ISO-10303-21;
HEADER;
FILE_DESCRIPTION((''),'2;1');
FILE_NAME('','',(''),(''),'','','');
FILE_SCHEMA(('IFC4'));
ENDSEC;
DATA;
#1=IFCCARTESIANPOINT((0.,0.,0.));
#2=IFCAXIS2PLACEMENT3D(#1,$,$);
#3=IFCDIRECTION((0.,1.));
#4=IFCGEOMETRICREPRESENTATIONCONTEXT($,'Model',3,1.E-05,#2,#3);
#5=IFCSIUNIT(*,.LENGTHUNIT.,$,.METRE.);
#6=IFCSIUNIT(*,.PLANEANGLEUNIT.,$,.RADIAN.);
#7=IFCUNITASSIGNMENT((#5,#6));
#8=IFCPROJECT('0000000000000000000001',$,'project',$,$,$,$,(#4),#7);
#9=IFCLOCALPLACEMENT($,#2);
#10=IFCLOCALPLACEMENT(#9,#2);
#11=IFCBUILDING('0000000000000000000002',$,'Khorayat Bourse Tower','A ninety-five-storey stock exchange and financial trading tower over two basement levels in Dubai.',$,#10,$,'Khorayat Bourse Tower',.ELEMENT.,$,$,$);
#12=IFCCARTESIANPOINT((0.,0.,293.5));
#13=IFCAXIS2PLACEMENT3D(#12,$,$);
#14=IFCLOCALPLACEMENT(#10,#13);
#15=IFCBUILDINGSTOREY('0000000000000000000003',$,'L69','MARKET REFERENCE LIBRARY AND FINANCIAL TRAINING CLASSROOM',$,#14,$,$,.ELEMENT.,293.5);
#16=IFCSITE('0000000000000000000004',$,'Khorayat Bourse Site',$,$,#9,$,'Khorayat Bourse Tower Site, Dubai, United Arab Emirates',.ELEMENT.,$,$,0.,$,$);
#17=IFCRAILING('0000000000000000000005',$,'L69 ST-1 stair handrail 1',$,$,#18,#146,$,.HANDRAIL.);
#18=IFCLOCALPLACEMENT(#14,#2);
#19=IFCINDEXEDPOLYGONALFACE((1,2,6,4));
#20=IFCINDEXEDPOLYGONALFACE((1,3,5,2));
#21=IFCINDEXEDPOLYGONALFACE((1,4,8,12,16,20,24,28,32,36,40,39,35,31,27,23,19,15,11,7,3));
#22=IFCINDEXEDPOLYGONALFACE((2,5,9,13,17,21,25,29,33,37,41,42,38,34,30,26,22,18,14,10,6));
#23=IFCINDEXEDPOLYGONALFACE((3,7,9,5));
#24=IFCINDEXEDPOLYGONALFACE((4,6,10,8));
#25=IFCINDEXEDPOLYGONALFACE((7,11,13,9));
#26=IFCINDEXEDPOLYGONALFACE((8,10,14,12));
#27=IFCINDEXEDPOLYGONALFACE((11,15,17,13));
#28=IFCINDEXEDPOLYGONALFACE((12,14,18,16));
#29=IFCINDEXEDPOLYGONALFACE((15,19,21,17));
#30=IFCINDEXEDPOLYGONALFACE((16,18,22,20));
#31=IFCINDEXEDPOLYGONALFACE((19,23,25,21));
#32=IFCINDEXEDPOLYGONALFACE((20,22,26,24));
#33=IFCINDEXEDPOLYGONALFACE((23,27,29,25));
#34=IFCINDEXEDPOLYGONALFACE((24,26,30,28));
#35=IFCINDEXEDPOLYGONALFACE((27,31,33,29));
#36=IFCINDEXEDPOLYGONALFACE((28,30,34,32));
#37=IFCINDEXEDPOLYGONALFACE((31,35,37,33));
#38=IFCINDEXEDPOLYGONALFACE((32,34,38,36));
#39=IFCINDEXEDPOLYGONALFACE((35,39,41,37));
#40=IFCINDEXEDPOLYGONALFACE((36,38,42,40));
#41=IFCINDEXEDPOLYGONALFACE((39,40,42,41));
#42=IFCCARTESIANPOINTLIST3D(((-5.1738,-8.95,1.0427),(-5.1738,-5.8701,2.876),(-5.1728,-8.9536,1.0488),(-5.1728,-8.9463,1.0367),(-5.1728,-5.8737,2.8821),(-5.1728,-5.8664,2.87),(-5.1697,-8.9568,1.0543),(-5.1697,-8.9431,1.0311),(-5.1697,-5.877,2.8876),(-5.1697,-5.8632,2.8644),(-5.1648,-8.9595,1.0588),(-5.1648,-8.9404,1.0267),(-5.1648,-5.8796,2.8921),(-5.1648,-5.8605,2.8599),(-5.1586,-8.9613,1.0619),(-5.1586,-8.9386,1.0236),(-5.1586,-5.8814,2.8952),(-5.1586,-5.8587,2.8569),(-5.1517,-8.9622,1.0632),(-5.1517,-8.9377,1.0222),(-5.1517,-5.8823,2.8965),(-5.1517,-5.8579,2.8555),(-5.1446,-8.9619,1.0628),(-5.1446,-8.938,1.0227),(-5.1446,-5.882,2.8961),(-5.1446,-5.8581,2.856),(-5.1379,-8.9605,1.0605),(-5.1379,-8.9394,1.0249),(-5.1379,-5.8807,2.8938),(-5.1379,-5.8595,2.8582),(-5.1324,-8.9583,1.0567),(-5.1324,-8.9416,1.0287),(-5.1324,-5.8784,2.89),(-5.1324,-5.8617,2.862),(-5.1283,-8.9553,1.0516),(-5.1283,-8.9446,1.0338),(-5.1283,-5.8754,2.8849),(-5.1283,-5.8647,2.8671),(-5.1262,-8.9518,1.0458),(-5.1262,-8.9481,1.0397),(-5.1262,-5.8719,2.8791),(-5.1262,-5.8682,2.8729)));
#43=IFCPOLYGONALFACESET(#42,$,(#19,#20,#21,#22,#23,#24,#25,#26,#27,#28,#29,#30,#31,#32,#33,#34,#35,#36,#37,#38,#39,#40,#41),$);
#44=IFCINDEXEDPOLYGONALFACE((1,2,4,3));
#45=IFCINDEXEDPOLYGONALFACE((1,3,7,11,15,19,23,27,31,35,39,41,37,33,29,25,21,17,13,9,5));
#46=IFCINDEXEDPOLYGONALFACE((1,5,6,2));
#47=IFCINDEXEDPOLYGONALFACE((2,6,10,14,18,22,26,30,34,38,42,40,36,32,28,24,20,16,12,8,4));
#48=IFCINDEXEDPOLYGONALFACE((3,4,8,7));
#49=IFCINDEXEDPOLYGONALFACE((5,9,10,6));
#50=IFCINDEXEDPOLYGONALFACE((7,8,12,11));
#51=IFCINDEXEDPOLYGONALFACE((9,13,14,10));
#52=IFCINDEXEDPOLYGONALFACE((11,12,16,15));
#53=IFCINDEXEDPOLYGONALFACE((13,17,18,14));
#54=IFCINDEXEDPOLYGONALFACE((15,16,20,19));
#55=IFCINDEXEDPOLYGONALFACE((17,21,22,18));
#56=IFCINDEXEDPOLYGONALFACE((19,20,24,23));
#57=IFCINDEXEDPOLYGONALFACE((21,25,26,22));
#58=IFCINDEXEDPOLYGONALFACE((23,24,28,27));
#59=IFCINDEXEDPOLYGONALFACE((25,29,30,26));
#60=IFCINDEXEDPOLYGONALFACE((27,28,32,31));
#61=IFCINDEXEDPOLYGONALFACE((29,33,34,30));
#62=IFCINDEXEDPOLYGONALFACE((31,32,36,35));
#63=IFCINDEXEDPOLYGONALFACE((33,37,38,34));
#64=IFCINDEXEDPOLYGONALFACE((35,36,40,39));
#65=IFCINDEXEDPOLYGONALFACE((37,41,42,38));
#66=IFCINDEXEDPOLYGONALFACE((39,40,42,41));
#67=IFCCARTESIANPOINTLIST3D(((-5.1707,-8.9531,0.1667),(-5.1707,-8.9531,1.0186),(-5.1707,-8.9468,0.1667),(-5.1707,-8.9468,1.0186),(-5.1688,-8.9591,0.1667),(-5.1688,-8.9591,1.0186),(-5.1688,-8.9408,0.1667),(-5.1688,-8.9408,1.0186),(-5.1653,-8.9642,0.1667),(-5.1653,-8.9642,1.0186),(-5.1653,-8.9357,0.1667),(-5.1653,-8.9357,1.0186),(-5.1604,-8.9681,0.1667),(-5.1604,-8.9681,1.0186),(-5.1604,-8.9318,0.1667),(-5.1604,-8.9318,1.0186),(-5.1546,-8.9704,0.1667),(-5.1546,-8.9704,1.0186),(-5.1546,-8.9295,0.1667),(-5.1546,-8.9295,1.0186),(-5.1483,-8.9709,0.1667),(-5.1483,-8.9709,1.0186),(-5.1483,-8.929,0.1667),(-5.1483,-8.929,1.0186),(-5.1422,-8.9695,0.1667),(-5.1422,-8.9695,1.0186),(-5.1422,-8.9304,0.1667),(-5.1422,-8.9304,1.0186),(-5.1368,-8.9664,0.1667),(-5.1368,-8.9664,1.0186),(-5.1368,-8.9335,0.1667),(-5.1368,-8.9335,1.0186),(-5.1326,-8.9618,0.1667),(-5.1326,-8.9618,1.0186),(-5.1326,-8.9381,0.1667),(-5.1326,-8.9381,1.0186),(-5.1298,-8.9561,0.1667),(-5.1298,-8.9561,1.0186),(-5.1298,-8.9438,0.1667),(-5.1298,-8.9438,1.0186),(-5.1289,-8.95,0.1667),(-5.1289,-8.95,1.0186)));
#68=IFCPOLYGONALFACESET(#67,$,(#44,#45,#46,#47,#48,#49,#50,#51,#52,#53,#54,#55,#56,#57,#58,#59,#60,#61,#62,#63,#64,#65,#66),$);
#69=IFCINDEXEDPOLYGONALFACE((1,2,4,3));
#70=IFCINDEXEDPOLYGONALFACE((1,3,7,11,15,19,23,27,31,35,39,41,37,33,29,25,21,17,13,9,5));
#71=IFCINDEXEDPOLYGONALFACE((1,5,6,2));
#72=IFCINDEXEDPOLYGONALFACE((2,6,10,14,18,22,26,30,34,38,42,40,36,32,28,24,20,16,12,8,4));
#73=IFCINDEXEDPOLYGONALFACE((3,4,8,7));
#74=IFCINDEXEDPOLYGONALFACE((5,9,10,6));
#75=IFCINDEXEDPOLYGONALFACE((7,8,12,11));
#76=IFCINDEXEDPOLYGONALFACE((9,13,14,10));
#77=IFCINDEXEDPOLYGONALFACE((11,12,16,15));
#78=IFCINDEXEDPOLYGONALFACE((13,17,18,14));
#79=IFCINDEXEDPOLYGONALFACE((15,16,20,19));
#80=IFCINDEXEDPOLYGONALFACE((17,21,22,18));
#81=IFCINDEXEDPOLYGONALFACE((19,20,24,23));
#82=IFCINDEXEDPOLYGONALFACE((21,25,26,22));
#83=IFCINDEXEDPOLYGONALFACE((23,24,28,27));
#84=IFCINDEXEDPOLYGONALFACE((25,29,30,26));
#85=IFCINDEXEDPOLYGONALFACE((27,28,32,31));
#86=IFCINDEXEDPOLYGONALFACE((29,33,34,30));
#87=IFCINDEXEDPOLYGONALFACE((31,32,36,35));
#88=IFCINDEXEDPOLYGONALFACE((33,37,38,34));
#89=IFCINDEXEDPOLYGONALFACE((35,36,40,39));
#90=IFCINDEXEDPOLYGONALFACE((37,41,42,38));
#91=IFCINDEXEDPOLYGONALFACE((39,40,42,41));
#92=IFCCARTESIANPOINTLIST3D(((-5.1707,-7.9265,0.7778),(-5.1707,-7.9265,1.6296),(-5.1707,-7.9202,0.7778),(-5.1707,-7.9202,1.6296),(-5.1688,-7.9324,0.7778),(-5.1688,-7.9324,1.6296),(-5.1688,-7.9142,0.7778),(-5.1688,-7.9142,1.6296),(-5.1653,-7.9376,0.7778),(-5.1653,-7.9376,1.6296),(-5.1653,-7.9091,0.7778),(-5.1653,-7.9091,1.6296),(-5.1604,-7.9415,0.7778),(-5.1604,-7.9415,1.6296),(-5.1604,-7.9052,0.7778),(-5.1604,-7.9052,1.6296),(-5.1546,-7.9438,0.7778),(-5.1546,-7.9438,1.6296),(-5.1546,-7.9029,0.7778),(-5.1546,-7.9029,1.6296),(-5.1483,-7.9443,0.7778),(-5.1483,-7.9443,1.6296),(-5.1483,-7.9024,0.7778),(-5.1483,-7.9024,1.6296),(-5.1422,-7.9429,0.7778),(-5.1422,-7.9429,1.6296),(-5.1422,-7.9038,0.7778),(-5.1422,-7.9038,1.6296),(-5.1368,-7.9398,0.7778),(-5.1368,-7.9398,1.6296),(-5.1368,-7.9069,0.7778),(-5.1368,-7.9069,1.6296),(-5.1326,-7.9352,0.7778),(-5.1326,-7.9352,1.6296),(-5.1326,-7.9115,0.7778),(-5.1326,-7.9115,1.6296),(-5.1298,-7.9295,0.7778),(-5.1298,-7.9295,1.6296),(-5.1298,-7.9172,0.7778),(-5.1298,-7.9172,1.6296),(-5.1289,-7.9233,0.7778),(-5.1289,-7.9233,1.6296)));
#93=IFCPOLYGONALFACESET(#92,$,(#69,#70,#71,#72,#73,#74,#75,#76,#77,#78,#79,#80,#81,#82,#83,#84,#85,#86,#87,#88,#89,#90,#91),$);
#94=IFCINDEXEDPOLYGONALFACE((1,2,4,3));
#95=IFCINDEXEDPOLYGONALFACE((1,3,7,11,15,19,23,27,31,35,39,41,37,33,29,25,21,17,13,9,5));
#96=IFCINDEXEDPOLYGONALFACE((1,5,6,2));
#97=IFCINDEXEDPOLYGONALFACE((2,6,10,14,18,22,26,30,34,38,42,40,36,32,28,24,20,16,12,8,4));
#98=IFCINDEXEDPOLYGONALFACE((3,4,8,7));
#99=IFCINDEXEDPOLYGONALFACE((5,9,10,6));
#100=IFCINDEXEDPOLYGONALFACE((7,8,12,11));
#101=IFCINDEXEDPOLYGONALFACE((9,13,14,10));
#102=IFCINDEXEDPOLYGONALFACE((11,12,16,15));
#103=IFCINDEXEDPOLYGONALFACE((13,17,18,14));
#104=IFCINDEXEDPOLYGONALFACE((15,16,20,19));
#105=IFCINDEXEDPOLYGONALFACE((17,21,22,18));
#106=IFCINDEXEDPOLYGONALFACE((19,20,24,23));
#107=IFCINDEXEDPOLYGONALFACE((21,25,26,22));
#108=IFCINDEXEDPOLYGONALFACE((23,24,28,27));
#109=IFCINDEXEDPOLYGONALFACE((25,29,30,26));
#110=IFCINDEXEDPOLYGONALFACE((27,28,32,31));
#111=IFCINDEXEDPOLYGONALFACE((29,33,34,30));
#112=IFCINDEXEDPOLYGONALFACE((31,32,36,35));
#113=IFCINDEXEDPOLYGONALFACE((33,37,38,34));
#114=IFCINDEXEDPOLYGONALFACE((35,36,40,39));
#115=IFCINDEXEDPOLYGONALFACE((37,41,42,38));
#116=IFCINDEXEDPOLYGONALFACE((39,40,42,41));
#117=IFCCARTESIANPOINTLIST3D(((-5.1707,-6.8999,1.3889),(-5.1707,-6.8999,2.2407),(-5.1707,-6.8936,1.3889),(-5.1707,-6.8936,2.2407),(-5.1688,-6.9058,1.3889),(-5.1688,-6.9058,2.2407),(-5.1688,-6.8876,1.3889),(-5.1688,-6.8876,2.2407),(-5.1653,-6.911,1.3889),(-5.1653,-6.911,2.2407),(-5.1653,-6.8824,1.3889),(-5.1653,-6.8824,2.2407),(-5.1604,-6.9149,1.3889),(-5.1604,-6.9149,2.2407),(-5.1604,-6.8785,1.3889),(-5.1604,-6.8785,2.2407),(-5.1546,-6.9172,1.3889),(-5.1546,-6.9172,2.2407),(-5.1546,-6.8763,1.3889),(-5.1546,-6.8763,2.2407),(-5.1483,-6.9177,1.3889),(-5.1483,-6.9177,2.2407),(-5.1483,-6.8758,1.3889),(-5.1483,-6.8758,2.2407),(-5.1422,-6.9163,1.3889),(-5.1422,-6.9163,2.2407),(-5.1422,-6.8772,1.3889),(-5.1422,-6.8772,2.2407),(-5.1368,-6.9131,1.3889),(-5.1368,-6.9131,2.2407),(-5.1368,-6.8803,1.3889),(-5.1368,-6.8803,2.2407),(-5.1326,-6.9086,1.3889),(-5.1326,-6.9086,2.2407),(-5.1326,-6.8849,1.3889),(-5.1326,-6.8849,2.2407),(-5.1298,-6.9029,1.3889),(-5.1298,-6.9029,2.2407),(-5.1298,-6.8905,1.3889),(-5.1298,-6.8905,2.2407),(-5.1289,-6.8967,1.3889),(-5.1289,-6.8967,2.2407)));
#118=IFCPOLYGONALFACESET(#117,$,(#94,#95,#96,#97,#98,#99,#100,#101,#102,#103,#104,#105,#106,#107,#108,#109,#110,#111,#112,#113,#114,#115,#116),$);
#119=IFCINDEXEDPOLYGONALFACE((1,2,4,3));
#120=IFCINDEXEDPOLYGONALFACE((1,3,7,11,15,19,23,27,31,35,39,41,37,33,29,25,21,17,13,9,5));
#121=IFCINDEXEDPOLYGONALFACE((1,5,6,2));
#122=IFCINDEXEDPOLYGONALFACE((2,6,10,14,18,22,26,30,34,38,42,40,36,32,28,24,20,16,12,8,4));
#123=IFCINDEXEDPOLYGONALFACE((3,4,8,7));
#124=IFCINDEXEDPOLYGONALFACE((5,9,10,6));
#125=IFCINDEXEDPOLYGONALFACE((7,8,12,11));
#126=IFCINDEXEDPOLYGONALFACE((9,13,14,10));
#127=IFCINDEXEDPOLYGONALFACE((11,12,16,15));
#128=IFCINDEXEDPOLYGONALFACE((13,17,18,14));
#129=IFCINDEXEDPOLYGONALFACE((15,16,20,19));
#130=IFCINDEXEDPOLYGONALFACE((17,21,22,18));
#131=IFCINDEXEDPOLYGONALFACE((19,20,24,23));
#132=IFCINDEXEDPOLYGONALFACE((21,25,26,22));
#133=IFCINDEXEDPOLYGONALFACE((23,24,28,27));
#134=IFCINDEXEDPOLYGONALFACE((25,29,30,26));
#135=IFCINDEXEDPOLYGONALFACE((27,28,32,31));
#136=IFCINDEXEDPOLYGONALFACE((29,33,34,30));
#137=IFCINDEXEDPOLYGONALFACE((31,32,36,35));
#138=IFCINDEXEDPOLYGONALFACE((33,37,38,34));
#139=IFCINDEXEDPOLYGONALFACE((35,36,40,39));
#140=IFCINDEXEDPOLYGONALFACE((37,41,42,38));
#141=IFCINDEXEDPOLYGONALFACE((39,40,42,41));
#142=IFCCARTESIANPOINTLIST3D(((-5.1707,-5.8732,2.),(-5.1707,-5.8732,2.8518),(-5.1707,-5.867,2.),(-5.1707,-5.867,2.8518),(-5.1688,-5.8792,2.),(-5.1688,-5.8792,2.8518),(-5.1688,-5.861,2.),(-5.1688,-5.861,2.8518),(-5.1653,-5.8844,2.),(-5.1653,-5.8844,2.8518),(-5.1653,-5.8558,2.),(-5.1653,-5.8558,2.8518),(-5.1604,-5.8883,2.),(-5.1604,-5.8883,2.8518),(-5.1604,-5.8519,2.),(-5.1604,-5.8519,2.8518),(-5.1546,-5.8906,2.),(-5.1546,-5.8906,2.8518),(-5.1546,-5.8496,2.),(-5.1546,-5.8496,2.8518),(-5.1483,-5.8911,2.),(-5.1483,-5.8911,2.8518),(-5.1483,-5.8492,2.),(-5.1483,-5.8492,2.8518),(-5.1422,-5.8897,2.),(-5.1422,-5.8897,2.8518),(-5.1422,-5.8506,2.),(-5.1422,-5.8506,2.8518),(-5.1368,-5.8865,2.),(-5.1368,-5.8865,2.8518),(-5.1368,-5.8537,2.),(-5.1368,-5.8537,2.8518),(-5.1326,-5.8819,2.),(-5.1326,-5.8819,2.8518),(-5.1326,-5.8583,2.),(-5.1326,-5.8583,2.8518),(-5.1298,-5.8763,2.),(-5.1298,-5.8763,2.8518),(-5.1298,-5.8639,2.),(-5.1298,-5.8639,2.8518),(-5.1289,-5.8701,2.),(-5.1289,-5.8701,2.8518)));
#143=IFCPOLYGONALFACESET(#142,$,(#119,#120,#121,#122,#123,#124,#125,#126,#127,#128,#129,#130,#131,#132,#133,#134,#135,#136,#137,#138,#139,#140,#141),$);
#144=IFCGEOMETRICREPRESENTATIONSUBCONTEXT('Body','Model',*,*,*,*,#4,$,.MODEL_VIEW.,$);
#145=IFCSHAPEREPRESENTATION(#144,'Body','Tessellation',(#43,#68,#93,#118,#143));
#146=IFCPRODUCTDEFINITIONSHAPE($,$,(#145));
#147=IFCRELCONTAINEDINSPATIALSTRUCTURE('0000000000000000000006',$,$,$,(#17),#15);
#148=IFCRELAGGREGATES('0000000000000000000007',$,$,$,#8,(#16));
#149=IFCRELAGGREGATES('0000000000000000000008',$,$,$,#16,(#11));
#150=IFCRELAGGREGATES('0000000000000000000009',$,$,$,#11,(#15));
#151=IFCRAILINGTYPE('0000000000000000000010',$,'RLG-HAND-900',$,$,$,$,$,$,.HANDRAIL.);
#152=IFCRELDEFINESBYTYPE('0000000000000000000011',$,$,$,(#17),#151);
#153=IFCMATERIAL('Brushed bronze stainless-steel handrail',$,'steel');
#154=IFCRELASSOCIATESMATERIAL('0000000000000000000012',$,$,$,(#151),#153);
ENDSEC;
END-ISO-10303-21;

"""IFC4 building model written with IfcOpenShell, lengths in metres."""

from ifc_helpers import new_model, si_unit, direction, frame, origin, origin_2d, place, context, subcontext, project, spatial, circle, extrude, source, transform, mapped, material, type_object, element, save


model = new_model("IFC4")

# Units and contexts
model_context = context("Model", 3, precision=1e-05, world=origin(), true_north=direction((0.0, 1.0)))
body_context = subcontext(model_context, "Body", "Model", "MODEL_VIEW")
ifc_project = project(units=[si_unit("LENGTHUNIT", "METRE"), si_unit("PLANEANGLEUNIT", "RADIAN")], contexts=[model_context])

# Site, building, storey
site_placement = place(None, origin())
site = spatial("IfcSite", under=ifc_project, at=site_placement, Name="Khorayat Bourse Site", LongName="Khorayat Bourse Tower Site, Dubai, United Arab Emirates", CompositionType="ELEMENT", RefElevation=0.0)
building_placement = place(site_placement, origin())
building = spatial("IfcBuilding", under=site, at=building_placement, Name="Khorayat Bourse Tower", Description="A ninety-five-storey stock exchange and financial trading tower over two basement levels in Dubai.", LongName="Khorayat Bourse Tower", CompositionType="ELEMENT")
storey_placement = place(building_placement, frame((0.0, 0.0, 293.5)))
storey = spatial("IfcBuildingStorey", under=building, at=storey_placement, Name="L69", Description="MARKET REFERENCE LIBRARY AND FINANCIAL TRAINING CLASSROOM", CompositionType="ELEMENT", Elevation=293.5)

# Railing
ifc_material_1 = material(Name="Brushed bronze stainless-steel handrail", Category="steel")
railing_type_1 = type_object("IfcRailingType", Name="RLG-HAND-900", PredefinedType="HANDRAIL", material=ifc_material_1)
shared_shape_1 = source(origin(), body_context, "Body", "SweptSolid", [
    extrude(circle(Radius=0.0239, at=origin_2d()), frame((0.0, 0.0, 0.876), z_axis=(0.0, 0.859291, 0.511487), x_axis=(-1.0, 0.0, 0.0)), (0.0, 0.0, 1.0), 3.5842),
    extrude(circle(Radius=0.021, at=origin_2d()), origin(), (0.0, 0.0, 1.0), 0.8518),
    extrude(circle(Radius=0.021, at=origin_2d()), frame((0.0, 1.0266, 0.6111)), (0.0, 0.0, 1.0), 0.8518),
    extrude(circle(Radius=0.021, at=origin_2d()), frame((0.0, 2.0532, 1.2222)), (0.0, 0.0, 1.0), 0.8518),
    extrude(circle(Radius=0.021, at=origin_2d()), frame((0.0, 3.0798, 1.8333)), (0.0, 0.0, 1.0), 0.8518),
])
railing_1_placement = place(storey_placement, frame((-5.1499, -8.95, 0.1667)))
element("IfcRailing", 1, at=railing_1_placement, inside=storey, type_object=railing_type_1, Name="L69 ST-1 stair handrail 1", PredefinedType="HANDRAIL", context=body_context, shape_type="MappedRepresentation", body=[
    mapped(shared_shape_1, transform((0.0, 0.0, 0.0), scale=1.0)),
])

save(model, "model.ifc")
